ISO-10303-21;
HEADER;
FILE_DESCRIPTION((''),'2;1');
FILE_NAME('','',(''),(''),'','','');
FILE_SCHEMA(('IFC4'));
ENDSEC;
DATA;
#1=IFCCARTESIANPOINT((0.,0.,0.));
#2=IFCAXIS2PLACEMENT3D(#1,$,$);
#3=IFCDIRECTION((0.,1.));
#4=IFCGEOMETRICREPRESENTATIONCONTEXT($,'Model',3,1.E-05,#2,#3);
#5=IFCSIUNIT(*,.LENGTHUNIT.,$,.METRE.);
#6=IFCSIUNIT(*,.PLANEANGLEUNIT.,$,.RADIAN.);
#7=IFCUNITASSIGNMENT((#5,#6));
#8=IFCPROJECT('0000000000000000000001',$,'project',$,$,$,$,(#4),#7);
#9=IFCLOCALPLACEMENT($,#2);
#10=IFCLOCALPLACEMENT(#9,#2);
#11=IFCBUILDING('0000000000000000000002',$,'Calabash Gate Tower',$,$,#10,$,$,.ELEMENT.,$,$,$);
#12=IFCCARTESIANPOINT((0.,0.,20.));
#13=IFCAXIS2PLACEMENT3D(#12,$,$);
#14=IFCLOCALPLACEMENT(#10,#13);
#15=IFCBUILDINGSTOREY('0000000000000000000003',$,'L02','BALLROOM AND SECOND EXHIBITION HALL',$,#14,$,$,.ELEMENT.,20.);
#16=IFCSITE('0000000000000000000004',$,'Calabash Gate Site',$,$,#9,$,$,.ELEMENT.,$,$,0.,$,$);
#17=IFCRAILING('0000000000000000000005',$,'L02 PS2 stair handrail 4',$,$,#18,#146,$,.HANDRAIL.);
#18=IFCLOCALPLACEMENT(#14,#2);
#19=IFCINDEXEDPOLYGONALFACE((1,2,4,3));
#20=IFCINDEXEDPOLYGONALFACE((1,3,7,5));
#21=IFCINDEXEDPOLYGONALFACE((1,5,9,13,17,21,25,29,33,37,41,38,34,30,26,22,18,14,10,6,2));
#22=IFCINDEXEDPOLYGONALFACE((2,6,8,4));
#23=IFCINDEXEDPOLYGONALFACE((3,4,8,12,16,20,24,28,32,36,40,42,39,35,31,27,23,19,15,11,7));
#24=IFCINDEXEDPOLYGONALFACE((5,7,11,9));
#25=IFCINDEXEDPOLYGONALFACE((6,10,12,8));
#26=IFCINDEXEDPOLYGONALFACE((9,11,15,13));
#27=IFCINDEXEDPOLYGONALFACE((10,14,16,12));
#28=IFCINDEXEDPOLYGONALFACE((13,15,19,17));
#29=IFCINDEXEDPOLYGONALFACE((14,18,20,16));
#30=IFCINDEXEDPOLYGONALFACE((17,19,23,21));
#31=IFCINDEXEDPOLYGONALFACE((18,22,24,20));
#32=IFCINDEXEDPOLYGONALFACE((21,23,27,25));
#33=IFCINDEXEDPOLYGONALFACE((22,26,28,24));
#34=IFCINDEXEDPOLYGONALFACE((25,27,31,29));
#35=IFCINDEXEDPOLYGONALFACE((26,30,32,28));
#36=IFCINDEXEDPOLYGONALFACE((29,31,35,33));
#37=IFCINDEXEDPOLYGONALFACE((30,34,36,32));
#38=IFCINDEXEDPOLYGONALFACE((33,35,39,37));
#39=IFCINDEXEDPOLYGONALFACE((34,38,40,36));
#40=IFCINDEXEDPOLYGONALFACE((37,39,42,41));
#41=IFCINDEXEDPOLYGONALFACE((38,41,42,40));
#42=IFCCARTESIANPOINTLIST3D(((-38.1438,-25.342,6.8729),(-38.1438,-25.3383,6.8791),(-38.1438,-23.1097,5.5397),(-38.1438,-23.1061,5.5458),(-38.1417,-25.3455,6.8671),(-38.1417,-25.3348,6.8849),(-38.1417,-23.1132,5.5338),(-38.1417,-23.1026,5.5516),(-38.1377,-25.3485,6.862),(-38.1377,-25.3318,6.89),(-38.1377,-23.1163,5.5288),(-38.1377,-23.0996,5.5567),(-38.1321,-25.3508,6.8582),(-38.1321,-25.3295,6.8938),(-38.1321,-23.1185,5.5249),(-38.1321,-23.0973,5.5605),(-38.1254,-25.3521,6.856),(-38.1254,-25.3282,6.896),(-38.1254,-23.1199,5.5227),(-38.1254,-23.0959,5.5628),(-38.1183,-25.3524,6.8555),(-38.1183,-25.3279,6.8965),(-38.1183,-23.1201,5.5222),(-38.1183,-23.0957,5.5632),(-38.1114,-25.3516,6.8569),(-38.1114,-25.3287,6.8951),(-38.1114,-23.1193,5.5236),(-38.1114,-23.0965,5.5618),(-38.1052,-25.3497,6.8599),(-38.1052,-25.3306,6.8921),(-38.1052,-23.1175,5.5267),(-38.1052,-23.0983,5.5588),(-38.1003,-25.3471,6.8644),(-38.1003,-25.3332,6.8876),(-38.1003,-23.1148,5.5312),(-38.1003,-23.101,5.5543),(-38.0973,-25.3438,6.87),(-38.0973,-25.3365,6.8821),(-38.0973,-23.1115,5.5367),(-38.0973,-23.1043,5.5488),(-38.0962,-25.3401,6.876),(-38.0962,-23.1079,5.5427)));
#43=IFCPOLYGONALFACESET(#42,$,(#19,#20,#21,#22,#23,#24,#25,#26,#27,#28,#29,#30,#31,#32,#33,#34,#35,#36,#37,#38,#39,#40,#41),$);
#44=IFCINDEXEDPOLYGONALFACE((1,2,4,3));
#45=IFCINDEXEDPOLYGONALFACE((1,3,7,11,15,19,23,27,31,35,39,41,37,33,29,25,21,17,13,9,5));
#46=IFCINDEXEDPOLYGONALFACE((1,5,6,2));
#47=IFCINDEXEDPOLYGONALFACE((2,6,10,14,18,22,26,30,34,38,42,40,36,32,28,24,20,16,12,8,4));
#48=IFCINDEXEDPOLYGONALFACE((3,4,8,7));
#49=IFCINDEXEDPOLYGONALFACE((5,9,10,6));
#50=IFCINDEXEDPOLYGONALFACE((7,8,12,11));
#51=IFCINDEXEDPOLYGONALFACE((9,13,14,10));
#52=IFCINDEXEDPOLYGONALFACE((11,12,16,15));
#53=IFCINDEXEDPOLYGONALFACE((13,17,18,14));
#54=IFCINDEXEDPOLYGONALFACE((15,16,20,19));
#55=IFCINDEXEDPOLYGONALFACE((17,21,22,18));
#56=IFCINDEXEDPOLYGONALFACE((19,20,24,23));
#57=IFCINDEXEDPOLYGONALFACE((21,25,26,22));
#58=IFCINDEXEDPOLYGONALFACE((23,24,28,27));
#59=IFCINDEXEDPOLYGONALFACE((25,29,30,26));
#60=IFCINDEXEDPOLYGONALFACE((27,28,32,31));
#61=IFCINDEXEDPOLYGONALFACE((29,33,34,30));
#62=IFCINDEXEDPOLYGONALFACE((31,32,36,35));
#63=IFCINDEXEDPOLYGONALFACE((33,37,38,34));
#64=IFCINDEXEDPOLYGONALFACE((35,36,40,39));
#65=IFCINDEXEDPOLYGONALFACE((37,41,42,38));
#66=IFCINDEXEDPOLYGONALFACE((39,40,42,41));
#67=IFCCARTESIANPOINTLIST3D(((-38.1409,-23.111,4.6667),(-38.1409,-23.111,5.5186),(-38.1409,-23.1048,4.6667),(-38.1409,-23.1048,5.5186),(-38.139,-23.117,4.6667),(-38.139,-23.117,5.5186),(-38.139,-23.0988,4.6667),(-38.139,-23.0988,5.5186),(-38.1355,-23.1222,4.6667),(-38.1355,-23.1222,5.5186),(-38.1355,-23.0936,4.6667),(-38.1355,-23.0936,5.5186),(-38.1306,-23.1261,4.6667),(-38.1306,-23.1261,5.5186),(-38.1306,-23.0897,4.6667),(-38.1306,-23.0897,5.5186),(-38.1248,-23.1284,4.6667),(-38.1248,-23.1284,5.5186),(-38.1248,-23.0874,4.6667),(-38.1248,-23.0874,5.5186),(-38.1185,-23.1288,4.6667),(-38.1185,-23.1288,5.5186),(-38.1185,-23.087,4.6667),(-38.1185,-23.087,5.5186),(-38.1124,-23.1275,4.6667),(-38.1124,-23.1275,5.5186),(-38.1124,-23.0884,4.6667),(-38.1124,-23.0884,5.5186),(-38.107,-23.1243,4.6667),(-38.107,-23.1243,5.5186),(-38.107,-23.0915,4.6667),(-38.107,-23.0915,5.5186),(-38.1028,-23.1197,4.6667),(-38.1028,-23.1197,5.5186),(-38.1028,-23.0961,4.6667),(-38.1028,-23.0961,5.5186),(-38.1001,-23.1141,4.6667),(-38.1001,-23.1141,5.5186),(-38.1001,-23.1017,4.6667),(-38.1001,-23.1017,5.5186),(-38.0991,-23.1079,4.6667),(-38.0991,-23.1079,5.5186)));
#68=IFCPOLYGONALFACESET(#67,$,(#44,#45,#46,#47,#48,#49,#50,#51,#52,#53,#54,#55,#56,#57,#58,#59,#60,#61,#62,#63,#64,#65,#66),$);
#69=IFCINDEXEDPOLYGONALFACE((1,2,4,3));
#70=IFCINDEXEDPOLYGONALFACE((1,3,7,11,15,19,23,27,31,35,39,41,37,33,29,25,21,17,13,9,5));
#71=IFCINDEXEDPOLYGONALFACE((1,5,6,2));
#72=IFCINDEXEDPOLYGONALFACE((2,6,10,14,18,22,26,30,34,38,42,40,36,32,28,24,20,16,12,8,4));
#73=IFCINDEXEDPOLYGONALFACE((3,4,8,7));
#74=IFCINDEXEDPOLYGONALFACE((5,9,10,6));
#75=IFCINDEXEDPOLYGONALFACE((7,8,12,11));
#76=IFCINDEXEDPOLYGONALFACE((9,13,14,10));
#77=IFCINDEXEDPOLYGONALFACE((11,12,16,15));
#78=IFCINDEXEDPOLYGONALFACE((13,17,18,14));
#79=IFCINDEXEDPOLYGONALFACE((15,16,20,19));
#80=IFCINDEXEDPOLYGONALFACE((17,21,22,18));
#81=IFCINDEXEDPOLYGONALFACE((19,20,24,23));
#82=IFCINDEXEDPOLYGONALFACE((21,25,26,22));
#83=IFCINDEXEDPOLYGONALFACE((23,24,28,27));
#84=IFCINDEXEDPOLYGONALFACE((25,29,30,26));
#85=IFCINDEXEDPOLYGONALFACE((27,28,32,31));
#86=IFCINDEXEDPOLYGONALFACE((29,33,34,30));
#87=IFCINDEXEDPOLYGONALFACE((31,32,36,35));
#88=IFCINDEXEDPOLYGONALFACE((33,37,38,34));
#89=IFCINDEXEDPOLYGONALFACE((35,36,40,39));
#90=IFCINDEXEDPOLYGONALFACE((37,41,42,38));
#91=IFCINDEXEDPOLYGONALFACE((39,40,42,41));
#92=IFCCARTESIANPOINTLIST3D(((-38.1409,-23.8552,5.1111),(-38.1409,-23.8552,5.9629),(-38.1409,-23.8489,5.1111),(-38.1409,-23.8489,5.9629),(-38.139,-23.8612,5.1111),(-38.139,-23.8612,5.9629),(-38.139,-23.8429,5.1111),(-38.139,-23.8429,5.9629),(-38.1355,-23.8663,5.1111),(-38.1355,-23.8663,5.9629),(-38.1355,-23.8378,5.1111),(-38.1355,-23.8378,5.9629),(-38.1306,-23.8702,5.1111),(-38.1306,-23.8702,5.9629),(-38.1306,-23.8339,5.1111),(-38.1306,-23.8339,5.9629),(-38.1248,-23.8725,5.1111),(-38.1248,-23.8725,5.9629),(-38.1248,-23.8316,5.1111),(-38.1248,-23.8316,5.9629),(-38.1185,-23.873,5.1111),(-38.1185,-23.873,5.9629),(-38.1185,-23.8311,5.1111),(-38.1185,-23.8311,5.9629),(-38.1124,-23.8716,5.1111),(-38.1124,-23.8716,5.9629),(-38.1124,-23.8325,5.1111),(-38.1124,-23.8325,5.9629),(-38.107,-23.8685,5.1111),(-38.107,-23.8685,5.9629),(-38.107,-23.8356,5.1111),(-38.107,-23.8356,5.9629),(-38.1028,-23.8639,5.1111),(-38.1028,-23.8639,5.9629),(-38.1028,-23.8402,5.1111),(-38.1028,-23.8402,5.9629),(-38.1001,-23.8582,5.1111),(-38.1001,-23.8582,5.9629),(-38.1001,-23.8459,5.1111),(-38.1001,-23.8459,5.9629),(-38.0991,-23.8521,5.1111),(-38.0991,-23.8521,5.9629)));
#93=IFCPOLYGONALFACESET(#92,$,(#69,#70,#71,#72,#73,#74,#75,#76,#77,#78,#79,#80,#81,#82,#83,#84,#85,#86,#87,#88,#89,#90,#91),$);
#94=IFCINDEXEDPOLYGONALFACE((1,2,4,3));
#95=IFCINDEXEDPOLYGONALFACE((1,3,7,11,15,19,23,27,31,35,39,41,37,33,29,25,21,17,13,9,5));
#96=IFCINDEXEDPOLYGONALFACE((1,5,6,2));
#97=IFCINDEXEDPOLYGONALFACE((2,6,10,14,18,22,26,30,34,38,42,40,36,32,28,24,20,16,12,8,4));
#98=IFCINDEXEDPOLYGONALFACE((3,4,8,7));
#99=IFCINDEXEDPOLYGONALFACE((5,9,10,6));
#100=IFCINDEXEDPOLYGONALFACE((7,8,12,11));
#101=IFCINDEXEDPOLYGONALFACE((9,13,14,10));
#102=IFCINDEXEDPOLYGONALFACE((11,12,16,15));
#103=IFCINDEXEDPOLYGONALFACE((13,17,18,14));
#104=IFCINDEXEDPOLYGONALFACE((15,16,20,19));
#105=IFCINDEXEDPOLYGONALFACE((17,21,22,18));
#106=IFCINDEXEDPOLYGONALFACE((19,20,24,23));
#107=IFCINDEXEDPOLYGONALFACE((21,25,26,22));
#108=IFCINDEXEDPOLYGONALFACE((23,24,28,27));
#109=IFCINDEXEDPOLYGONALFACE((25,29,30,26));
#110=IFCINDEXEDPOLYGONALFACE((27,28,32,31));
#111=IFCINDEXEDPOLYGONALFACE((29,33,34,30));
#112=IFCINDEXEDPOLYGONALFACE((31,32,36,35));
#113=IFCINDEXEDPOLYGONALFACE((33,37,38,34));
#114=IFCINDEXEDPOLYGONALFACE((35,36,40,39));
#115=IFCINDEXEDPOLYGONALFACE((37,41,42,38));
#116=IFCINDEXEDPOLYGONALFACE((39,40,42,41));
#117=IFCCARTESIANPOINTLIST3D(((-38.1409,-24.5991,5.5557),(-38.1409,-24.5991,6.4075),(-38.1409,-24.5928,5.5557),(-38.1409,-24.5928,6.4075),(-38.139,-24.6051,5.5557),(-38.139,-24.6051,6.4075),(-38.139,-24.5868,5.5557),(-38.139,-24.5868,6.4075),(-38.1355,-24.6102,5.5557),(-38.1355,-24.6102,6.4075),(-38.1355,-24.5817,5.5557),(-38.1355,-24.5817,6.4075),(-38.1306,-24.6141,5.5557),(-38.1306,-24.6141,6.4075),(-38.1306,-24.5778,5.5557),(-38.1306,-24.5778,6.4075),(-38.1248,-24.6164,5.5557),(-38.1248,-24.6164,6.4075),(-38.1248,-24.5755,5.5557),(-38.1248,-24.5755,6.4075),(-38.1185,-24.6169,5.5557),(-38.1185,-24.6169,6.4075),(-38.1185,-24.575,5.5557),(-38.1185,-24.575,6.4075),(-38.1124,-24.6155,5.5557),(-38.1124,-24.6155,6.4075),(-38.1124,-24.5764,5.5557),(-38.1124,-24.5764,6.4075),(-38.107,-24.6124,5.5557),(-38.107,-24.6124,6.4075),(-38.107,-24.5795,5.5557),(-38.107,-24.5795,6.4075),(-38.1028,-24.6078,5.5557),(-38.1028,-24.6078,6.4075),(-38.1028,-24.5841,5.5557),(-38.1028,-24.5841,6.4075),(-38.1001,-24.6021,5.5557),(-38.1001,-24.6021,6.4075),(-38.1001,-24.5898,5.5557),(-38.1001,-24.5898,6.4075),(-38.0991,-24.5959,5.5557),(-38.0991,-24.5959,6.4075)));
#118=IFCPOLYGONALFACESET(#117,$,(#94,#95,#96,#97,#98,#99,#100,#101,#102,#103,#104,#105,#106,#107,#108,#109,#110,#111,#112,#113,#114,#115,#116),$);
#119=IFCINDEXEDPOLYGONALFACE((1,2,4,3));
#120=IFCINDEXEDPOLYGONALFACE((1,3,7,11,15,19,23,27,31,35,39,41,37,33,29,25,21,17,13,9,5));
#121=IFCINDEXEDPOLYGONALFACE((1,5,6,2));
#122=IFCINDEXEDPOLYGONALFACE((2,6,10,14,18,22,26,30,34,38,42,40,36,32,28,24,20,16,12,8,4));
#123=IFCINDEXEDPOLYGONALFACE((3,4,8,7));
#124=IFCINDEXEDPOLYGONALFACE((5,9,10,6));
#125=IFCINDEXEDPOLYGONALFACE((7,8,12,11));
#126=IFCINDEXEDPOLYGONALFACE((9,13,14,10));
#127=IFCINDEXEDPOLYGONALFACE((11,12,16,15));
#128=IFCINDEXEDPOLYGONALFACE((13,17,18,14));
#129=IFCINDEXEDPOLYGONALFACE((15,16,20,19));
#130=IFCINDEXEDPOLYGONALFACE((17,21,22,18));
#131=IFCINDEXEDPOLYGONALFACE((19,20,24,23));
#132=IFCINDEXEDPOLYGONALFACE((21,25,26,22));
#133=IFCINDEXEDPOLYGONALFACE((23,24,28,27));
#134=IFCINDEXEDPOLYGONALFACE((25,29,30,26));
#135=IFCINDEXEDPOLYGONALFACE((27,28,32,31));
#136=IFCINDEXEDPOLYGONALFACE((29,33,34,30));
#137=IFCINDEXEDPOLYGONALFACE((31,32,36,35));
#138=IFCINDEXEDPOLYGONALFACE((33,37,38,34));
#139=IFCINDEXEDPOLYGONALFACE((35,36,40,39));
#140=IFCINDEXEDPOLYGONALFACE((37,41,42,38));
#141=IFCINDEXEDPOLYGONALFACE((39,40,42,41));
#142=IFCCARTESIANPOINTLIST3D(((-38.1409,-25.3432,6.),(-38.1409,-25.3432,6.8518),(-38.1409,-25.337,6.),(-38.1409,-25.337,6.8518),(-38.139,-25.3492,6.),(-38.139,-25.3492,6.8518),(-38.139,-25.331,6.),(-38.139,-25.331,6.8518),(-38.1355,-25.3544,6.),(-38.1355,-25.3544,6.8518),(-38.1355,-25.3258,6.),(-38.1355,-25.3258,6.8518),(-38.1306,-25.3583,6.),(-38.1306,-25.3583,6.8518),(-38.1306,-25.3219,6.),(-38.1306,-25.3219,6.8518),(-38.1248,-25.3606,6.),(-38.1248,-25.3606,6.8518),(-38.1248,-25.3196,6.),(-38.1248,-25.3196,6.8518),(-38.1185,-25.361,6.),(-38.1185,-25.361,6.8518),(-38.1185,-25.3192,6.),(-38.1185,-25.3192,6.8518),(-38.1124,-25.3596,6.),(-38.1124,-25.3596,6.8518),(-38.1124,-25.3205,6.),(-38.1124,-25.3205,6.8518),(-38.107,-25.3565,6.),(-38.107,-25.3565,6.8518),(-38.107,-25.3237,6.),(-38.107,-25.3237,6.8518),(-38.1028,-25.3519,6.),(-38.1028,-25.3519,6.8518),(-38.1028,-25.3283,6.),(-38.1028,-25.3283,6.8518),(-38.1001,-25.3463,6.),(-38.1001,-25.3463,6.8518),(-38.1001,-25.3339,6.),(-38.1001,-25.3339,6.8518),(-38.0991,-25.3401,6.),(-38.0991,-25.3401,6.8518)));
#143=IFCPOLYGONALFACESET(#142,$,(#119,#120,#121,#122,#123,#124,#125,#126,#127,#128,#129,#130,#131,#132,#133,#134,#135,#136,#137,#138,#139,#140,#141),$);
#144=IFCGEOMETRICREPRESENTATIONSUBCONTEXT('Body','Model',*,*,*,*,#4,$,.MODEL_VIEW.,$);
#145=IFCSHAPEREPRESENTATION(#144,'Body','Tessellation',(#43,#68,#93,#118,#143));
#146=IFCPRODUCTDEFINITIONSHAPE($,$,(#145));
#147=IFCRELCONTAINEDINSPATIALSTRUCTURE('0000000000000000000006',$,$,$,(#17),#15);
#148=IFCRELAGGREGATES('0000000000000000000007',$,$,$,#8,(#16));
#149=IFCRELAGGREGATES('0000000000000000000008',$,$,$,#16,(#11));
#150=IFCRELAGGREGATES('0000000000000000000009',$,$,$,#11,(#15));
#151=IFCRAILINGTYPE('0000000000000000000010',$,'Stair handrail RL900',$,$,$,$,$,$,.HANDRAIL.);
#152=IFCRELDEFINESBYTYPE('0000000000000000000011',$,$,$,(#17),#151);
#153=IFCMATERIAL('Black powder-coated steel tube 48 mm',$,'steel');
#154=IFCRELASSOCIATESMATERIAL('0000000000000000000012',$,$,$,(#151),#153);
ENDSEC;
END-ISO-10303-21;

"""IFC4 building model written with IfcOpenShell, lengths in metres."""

from ifc_helpers import new_model, si_unit, direction, frame, origin, origin_2d, place, context, subcontext, project, spatial, circle, extrude, material, type_object, element, save


model = new_model("IFC4")

# Units and contexts
model_context = context("Model", 3, precision=1e-05, world=origin(), true_north=direction((0.0, 1.0)))
body_context = subcontext(model_context, "Body", "Model", "MODEL_VIEW")
ifc_project = project(units=[si_unit("LENGTHUNIT", "METRE"), si_unit("PLANEANGLEUNIT", "RADIAN")], contexts=[model_context])

# Site, building, storey
site_placement = place(None, origin())
site = spatial("IfcSite", under=ifc_project, at=site_placement, Name="Calabash Gate Site", CompositionType="ELEMENT", RefElevation=0.0)
building_placement = place(site_placement, origin())
building = spatial("IfcBuilding", under=site, at=building_placement, Name="Calabash Gate Tower", CompositionType="ELEMENT")
storey_placement = place(building_placement, frame((0.0, 0.0, 20.0)))
storey = spatial("IfcBuildingStorey", under=building, at=storey_placement, Name="L02", Description="BALLROOM AND SECOND EXHIBITION HALL", CompositionType="ELEMENT", Elevation=20.0)

# Railing
ifc_material_1 = material(Name="Black powder-coated steel tube 48 mm", Category="steel")
railing_type_1 = type_object("IfcRailingType", Name="Stair handrail RL900", PredefinedType="HANDRAIL", material=ifc_material_1)
for number, where, name in (
    (1, (-38.1201, -23.1079, 4.6667), "L02 PS2 stair handrail 4"),
):
    element("IfcRailing", number, at=place(storey_placement, frame(where)), inside=storey, type_object=railing_type_1, Name=name, PredefinedType="HANDRAIL", context=body_context, shape_type="SweptSolid", body=[
        extrude(circle(Radius=0.0239, at=origin_2d()), frame((0.0, 0.0, 0.876), z_axis=(0.0, -0.858519, 0.512782), x_axis=(1.0, 0.0, 0.0)), (0.0, 0.0, 1.0), 2.6001),
        extrude(circle(Radius=0.021, at=origin_2d()), origin(), (0.0, 0.0, 1.0), 0.8518),
        extrude(circle(Radius=0.021, at=origin_2d()), frame((0.0, -0.7441, 0.4443)), (0.0, 0.0, 1.0), 0.8518),
        extrude(circle(Radius=0.021, at=origin_2d()), frame((0.0, -1.488, 0.8889)), (0.0, 0.0, 1.0), 0.8518),
        extrude(circle(Radius=0.021, at=origin_2d()), frame((0.0, -2.2322, 1.3333)), (0.0, 0.0, 1.0), 0.8518),
    ])

save(model, "model.ifc")
